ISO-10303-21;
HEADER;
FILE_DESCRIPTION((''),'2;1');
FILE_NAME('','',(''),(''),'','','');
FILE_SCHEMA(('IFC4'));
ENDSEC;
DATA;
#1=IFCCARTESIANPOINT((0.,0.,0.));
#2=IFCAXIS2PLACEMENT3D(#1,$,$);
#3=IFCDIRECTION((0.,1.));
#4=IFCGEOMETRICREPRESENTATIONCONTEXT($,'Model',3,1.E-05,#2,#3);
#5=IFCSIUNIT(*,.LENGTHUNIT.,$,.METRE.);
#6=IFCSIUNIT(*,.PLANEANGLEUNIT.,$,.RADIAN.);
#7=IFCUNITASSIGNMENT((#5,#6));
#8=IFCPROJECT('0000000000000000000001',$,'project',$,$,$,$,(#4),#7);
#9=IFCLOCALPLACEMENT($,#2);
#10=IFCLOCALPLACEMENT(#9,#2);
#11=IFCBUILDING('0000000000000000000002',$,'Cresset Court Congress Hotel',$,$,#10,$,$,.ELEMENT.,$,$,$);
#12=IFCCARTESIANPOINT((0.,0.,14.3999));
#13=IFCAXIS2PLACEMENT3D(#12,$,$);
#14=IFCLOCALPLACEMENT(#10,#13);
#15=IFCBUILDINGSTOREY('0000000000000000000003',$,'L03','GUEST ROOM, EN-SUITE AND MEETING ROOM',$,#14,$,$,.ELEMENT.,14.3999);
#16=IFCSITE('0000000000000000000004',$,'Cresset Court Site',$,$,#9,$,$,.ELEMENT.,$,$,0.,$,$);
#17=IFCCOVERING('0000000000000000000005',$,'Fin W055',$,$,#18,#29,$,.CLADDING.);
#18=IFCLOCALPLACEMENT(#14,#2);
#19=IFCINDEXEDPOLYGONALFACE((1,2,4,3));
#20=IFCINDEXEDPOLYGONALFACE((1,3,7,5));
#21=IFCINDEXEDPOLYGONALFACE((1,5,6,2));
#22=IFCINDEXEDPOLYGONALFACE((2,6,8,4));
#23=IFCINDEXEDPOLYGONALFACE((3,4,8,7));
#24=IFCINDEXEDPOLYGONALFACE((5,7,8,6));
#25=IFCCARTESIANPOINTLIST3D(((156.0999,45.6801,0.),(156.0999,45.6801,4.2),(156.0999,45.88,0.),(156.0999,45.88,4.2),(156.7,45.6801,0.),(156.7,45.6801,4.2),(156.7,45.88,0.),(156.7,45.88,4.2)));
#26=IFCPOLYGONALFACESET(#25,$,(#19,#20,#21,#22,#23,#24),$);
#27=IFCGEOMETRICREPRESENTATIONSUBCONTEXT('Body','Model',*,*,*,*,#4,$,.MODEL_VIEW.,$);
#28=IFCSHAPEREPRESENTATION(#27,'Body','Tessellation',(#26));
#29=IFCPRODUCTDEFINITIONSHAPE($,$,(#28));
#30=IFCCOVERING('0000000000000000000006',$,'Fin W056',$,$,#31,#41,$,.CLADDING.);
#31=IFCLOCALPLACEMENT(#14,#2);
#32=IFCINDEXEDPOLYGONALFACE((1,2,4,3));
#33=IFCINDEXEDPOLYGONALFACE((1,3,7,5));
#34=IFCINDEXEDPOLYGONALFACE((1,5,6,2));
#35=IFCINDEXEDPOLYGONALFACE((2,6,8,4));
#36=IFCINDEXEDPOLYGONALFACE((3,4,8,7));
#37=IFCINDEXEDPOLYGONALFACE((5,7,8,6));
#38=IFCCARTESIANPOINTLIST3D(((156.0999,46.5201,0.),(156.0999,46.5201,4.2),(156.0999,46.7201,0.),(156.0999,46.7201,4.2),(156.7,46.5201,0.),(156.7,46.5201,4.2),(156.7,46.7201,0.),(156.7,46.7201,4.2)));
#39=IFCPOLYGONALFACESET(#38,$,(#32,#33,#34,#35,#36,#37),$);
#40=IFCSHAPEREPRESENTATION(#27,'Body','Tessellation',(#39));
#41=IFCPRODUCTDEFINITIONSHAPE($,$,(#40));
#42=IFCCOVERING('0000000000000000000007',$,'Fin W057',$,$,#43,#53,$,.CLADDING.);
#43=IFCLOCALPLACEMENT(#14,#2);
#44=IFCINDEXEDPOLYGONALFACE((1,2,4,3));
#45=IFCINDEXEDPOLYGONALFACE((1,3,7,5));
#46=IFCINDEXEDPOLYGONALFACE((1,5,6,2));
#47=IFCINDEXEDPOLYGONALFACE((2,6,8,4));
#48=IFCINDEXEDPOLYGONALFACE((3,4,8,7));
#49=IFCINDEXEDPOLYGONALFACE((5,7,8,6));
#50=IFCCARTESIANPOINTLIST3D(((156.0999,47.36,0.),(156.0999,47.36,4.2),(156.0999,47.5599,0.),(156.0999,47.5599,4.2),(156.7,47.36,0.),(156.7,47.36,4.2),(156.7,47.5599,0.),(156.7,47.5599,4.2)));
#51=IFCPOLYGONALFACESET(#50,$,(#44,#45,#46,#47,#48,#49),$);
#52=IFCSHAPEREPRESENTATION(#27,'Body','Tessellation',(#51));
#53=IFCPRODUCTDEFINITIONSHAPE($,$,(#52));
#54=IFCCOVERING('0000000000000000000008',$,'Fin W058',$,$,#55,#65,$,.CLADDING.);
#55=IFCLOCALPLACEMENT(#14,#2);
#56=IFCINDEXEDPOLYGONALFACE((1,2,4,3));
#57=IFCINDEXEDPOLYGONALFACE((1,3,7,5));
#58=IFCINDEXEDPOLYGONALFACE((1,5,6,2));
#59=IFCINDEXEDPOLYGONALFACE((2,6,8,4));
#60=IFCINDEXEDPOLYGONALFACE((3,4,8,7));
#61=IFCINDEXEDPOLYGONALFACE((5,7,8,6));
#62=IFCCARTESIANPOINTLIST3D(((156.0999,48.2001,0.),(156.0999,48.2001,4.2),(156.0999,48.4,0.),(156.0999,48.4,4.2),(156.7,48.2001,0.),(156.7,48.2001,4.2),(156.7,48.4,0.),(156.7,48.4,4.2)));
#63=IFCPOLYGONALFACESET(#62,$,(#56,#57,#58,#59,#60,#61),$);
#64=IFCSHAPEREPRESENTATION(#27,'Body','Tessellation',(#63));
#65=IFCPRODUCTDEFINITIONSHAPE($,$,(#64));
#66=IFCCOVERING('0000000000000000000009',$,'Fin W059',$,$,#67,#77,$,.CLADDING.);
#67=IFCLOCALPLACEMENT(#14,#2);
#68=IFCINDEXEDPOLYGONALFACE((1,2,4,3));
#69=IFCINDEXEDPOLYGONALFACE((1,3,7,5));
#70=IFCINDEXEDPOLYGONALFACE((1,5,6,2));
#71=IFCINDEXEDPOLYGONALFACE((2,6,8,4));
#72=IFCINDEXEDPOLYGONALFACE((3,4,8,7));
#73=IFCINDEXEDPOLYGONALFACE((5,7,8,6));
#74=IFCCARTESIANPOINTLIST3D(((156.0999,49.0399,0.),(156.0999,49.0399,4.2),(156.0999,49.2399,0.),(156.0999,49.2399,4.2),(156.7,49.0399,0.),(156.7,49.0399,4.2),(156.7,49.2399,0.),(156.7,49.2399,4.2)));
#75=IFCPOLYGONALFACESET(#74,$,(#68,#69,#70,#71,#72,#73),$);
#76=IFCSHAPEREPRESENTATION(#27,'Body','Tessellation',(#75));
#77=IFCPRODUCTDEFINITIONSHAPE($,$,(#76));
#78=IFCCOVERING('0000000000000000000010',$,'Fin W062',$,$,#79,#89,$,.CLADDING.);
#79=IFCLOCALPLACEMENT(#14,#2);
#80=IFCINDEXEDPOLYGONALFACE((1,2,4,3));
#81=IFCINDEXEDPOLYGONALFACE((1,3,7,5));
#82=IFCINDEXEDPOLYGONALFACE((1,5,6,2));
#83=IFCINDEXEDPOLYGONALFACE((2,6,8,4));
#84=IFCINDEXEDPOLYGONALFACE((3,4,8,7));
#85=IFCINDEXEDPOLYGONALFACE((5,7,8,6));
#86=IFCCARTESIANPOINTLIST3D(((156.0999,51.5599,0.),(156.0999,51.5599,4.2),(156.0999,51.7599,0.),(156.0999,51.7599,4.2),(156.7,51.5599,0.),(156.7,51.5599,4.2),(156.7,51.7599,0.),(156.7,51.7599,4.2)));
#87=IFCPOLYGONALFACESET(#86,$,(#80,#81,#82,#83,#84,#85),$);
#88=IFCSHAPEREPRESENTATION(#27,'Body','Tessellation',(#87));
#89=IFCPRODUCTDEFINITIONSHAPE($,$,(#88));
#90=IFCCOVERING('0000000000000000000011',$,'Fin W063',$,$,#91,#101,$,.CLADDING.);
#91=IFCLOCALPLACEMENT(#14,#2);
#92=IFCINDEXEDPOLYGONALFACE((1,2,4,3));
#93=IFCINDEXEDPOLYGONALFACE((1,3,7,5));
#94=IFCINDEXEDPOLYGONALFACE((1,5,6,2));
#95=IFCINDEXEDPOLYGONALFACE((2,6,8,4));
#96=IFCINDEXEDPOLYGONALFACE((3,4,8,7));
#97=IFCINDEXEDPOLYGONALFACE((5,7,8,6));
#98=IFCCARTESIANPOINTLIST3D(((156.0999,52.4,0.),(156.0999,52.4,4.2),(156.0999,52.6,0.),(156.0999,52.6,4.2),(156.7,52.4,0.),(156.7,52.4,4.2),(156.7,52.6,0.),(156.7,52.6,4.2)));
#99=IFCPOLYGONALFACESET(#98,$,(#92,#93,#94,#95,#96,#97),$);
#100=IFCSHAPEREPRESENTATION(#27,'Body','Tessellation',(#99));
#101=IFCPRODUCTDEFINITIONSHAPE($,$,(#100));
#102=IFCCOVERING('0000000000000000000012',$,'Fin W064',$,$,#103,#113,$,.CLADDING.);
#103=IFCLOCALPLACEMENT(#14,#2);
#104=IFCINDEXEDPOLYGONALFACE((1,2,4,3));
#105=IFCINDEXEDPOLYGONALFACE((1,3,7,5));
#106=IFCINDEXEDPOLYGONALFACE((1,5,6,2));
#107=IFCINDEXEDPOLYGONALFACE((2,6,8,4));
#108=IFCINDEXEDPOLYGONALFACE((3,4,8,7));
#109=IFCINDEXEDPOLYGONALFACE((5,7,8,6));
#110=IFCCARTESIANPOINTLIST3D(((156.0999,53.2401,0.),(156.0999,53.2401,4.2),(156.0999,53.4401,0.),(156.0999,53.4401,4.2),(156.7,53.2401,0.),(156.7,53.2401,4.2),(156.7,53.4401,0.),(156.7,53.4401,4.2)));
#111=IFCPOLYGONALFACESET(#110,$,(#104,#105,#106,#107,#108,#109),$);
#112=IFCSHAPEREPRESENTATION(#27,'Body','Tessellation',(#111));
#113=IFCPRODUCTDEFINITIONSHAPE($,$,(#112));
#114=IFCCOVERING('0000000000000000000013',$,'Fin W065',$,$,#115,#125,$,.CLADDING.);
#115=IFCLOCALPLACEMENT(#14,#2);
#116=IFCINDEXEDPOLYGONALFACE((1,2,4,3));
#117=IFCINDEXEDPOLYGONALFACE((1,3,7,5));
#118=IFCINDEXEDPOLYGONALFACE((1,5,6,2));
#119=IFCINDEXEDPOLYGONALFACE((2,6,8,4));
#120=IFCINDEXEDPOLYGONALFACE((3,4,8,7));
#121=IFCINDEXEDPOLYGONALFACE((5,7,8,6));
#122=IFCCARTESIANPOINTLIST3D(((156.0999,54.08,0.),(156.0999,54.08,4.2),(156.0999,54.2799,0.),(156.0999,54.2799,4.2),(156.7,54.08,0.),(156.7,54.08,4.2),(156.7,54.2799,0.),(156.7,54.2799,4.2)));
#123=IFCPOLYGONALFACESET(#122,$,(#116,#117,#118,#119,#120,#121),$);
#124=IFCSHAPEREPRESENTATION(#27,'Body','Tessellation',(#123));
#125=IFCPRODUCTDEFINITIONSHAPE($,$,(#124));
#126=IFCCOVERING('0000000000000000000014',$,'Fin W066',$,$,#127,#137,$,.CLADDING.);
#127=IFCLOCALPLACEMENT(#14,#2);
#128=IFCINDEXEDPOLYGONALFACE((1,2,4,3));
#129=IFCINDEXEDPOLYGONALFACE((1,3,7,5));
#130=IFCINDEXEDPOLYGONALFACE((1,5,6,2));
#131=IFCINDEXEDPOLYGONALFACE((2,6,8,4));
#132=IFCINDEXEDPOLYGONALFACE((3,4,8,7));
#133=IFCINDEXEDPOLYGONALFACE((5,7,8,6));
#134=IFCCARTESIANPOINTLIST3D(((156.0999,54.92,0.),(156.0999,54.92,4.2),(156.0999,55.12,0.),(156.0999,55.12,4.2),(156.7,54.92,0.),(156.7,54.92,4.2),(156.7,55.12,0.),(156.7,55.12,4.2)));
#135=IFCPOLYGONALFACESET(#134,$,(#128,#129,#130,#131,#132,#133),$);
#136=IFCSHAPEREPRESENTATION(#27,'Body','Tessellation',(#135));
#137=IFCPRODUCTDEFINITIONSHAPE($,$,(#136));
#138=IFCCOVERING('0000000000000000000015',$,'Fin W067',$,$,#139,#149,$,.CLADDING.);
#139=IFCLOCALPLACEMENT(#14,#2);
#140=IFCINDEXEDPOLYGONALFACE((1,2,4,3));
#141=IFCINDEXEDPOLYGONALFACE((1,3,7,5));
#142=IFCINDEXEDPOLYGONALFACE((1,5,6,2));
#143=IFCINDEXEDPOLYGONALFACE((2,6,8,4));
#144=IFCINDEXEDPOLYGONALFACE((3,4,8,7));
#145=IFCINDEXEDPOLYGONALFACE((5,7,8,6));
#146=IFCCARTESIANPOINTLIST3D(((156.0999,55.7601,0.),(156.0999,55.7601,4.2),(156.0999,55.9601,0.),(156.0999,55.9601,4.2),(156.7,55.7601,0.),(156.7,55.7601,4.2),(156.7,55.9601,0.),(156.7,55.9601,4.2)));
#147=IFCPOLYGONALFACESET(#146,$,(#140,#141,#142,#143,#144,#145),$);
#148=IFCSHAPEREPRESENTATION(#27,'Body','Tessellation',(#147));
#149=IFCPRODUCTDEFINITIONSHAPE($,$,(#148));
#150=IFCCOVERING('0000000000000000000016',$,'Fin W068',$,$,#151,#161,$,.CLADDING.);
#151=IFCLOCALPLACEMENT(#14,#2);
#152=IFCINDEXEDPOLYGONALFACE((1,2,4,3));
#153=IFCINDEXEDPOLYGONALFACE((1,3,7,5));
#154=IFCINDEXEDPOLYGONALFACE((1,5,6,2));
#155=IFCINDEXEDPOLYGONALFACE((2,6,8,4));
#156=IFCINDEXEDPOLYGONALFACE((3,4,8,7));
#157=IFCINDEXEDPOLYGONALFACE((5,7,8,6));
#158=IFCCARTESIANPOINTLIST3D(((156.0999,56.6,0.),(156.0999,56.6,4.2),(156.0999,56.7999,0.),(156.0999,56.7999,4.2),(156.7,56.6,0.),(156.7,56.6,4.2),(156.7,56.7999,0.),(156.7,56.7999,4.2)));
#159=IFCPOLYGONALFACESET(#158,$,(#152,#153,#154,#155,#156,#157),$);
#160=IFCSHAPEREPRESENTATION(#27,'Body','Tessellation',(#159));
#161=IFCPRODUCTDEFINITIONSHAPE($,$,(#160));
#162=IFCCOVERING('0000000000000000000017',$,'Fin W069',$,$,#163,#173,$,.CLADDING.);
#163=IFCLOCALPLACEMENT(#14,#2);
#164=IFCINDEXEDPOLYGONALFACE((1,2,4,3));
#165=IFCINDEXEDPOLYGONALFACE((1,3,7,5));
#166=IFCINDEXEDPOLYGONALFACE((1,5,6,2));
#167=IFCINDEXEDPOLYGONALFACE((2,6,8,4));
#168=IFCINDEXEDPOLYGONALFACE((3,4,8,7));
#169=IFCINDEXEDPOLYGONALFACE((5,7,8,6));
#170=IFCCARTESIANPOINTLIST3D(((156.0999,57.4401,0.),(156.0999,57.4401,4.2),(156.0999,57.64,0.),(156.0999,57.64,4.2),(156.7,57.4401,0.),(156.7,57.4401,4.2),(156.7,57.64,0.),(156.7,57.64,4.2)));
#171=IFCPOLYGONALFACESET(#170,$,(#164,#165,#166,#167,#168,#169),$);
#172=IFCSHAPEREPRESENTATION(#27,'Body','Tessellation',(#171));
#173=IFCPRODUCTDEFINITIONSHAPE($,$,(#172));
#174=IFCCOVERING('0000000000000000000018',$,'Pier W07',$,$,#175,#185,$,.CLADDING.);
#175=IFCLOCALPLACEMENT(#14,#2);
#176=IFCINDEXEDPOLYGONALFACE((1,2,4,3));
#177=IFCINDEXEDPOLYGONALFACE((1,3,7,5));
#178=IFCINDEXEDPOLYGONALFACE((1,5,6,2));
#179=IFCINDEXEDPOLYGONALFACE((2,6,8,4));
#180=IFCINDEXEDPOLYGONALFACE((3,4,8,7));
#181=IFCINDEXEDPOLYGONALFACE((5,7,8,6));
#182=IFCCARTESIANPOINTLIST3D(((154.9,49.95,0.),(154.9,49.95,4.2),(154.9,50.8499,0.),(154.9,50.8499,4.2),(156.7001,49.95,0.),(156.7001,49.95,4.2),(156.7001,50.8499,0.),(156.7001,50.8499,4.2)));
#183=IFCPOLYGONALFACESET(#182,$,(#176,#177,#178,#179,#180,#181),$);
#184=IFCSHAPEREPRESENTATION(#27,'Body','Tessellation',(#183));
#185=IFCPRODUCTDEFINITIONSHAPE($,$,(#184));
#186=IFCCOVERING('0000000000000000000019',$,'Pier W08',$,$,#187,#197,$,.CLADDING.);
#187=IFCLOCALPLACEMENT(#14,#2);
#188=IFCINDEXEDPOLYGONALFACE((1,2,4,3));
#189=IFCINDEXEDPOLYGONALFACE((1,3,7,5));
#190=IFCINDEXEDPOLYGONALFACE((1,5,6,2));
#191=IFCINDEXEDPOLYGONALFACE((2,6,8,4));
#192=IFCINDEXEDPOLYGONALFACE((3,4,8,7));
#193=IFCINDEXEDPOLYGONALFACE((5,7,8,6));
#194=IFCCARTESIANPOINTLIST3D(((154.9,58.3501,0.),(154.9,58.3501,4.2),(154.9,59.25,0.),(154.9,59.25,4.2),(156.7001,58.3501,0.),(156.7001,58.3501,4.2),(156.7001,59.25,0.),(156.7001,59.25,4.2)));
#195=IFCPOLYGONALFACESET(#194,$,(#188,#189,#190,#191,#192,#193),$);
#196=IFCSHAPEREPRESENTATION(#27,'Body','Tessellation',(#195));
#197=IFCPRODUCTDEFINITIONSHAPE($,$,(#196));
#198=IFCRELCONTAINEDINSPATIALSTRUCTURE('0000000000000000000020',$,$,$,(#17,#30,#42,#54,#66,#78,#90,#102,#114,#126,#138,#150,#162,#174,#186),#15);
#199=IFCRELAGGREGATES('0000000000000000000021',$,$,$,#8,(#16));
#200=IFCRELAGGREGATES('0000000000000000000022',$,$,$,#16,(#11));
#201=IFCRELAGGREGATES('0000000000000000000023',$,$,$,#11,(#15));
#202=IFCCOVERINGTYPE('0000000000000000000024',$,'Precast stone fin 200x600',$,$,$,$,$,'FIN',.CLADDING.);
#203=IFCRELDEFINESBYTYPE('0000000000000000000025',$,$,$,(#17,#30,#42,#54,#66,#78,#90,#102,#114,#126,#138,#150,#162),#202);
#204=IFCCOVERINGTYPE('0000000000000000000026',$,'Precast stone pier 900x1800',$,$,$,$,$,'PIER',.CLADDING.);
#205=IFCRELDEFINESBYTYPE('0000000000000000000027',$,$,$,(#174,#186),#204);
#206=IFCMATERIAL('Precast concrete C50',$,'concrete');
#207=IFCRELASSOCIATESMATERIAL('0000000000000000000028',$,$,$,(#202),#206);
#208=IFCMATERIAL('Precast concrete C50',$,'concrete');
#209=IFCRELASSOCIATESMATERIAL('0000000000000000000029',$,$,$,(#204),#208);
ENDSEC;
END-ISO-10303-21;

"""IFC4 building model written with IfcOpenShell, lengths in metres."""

from ifc_helpers import new_model, si_unit, direction, frame, origin, origin_2d, place, context, subcontext, project, spatial, rectangle, extrude, material, type_object, element, save


model = new_model("IFC4")

# Units and contexts
model_context = context("Model", 3, precision=1e-05, world=origin(), true_north=direction((0.0, 1.0)))
body_context = subcontext(model_context, "Body", "Model", "MODEL_VIEW")
ifc_project = project(units=[si_unit("LENGTHUNIT", "METRE"), si_unit("PLANEANGLEUNIT", "RADIAN")], contexts=[model_context])

# Site, building, storey
site_placement = place(None, origin())
site = spatial("IfcSite", under=ifc_project, at=site_placement, Name="Cresset Court Site", CompositionType="ELEMENT", RefElevation=0.0)
building_placement = place(site_placement, origin())
building = spatial("IfcBuilding", under=site, at=building_placement, Name="Cresset Court Congress Hotel", CompositionType="ELEMENT")
storey_placement = place(building_placement, frame((0.0, 0.0, 14.3999)))
storey = spatial("IfcBuildingStorey", under=building, at=storey_placement, Name="L03", Description="GUEST ROOM, EN-SUITE AND MEETING ROOM", CompositionType="ELEMENT", Elevation=14.3999)

# Coverings
ifc_material_1 = material(Name="Precast concrete C50", Category="concrete")
covering_type_1 = type_object("IfcCoveringType", Name="Precast stone fin 200x600", ElementType="FIN", PredefinedType="CLADDING", material=ifc_material_1)
for number, where, z_axis, x_axis, name in (
    (1, (156.3999, 45.78, 0.0), (0.0, 0.0, 1.0), (1.0, 0.0, 0.0), "Fin W055"),
    (2, (156.3999, 46.6201, 0.0), (0.0, 0.0, 1.0), (1.0, 0.0, 0.0), "Fin W056"),
    (3, (156.3999, 47.46, 0.0), (0.0, 0.0, 1.0), (1.0, 0.0, 0.0), "Fin W057"),
    (4, (156.3999, 48.3, 0.0), (0.0, 0.0, 1.0), (1.0, 0.0, 0.0), "Fin W058"),
    (5, (156.3999, 49.1399, 0.0), (0.0, 0.0, 1.0), (1.0, 0.0, 0.0), "Fin W059"),
    (6, (156.3999, 51.6599, 0.0), (0.0, 0.0, 1.0), (1.0, 0.0, 0.0), "Fin W062"),
    (7, (156.3999, 52.5, 0.0), (0.0, 0.0, 1.0), (1.0, 0.0, 0.0), "Fin W063"),
    (8, (156.3999, 53.3401, 0.0), (0.0, 0.0, 1.0), (1.0, 0.0, 0.0), "Fin W064"),
    (9, (156.3999, 54.1799, 0.0), (0.0, 0.0, 1.0), (1.0, 0.0, 0.0), "Fin W065"),
    (10, (156.3999, 55.02, 0.0), (0.0, 0.0, 1.0), (1.0, 0.0, 0.0), "Fin W066"),
    (11, (156.3999, 55.8601, 0.0), (0.0, 0.0, 1.0), (1.0, 0.0, 0.0), "Fin W067"),
    (12, (156.3999, 56.7, 0.0), (0.0, 0.0, 1.0), (1.0, 0.0, 0.0), "Fin W068"),
    (13, (156.3999, 57.54, 0.0), (0.0, 0.0, 1.0), (1.0, 0.0, 0.0), "Fin W069"),
):
    element("IfcCovering", number, at=place(storey_placement, frame(where, z_axis=z_axis, x_axis=x_axis)), inside=storey, type_object=covering_type_1, Name=name, PredefinedType="CLADDING", context=body_context, shape_type="SweptSolid", body=[
        extrude(rectangle(XDim=0.6001, YDim=0.2, at=origin_2d()), origin(), (0.0, 0.0, 1.0), 4.2),
    ])
ifc_material_2 = material(Name="Precast concrete C50", Category="concrete")
covering_type_2 = type_object("IfcCoveringType", Name="Precast stone pier 900x1800", ElementType="PIER", PredefinedType="CLADDING", material=ifc_material_2)
for number, where, z_axis, x_axis, name in (
    (14, (155.8, 50.3999, 0.0), (0.0, 0.0, 1.0), (1.0, 0.0, 0.0), "Pier W07"),
    (15, (155.8, 58.8, 0.0), (0.0, 0.0, 1.0), (1.0, 0.0, 0.0), "Pier W08"),
):
    element("IfcCovering", number, at=place(storey_placement, frame(where, z_axis=z_axis, x_axis=x_axis)), inside=storey, type_object=covering_type_2, Name=name, PredefinedType="CLADDING", context=body_context, shape_type="SweptSolid", body=[
        extrude(rectangle(XDim=1.8, YDim=0.8999, at=origin_2d()), origin(), (0.0, 0.0, 1.0), 4.2),
    ])

save(model, "model.ifc")
